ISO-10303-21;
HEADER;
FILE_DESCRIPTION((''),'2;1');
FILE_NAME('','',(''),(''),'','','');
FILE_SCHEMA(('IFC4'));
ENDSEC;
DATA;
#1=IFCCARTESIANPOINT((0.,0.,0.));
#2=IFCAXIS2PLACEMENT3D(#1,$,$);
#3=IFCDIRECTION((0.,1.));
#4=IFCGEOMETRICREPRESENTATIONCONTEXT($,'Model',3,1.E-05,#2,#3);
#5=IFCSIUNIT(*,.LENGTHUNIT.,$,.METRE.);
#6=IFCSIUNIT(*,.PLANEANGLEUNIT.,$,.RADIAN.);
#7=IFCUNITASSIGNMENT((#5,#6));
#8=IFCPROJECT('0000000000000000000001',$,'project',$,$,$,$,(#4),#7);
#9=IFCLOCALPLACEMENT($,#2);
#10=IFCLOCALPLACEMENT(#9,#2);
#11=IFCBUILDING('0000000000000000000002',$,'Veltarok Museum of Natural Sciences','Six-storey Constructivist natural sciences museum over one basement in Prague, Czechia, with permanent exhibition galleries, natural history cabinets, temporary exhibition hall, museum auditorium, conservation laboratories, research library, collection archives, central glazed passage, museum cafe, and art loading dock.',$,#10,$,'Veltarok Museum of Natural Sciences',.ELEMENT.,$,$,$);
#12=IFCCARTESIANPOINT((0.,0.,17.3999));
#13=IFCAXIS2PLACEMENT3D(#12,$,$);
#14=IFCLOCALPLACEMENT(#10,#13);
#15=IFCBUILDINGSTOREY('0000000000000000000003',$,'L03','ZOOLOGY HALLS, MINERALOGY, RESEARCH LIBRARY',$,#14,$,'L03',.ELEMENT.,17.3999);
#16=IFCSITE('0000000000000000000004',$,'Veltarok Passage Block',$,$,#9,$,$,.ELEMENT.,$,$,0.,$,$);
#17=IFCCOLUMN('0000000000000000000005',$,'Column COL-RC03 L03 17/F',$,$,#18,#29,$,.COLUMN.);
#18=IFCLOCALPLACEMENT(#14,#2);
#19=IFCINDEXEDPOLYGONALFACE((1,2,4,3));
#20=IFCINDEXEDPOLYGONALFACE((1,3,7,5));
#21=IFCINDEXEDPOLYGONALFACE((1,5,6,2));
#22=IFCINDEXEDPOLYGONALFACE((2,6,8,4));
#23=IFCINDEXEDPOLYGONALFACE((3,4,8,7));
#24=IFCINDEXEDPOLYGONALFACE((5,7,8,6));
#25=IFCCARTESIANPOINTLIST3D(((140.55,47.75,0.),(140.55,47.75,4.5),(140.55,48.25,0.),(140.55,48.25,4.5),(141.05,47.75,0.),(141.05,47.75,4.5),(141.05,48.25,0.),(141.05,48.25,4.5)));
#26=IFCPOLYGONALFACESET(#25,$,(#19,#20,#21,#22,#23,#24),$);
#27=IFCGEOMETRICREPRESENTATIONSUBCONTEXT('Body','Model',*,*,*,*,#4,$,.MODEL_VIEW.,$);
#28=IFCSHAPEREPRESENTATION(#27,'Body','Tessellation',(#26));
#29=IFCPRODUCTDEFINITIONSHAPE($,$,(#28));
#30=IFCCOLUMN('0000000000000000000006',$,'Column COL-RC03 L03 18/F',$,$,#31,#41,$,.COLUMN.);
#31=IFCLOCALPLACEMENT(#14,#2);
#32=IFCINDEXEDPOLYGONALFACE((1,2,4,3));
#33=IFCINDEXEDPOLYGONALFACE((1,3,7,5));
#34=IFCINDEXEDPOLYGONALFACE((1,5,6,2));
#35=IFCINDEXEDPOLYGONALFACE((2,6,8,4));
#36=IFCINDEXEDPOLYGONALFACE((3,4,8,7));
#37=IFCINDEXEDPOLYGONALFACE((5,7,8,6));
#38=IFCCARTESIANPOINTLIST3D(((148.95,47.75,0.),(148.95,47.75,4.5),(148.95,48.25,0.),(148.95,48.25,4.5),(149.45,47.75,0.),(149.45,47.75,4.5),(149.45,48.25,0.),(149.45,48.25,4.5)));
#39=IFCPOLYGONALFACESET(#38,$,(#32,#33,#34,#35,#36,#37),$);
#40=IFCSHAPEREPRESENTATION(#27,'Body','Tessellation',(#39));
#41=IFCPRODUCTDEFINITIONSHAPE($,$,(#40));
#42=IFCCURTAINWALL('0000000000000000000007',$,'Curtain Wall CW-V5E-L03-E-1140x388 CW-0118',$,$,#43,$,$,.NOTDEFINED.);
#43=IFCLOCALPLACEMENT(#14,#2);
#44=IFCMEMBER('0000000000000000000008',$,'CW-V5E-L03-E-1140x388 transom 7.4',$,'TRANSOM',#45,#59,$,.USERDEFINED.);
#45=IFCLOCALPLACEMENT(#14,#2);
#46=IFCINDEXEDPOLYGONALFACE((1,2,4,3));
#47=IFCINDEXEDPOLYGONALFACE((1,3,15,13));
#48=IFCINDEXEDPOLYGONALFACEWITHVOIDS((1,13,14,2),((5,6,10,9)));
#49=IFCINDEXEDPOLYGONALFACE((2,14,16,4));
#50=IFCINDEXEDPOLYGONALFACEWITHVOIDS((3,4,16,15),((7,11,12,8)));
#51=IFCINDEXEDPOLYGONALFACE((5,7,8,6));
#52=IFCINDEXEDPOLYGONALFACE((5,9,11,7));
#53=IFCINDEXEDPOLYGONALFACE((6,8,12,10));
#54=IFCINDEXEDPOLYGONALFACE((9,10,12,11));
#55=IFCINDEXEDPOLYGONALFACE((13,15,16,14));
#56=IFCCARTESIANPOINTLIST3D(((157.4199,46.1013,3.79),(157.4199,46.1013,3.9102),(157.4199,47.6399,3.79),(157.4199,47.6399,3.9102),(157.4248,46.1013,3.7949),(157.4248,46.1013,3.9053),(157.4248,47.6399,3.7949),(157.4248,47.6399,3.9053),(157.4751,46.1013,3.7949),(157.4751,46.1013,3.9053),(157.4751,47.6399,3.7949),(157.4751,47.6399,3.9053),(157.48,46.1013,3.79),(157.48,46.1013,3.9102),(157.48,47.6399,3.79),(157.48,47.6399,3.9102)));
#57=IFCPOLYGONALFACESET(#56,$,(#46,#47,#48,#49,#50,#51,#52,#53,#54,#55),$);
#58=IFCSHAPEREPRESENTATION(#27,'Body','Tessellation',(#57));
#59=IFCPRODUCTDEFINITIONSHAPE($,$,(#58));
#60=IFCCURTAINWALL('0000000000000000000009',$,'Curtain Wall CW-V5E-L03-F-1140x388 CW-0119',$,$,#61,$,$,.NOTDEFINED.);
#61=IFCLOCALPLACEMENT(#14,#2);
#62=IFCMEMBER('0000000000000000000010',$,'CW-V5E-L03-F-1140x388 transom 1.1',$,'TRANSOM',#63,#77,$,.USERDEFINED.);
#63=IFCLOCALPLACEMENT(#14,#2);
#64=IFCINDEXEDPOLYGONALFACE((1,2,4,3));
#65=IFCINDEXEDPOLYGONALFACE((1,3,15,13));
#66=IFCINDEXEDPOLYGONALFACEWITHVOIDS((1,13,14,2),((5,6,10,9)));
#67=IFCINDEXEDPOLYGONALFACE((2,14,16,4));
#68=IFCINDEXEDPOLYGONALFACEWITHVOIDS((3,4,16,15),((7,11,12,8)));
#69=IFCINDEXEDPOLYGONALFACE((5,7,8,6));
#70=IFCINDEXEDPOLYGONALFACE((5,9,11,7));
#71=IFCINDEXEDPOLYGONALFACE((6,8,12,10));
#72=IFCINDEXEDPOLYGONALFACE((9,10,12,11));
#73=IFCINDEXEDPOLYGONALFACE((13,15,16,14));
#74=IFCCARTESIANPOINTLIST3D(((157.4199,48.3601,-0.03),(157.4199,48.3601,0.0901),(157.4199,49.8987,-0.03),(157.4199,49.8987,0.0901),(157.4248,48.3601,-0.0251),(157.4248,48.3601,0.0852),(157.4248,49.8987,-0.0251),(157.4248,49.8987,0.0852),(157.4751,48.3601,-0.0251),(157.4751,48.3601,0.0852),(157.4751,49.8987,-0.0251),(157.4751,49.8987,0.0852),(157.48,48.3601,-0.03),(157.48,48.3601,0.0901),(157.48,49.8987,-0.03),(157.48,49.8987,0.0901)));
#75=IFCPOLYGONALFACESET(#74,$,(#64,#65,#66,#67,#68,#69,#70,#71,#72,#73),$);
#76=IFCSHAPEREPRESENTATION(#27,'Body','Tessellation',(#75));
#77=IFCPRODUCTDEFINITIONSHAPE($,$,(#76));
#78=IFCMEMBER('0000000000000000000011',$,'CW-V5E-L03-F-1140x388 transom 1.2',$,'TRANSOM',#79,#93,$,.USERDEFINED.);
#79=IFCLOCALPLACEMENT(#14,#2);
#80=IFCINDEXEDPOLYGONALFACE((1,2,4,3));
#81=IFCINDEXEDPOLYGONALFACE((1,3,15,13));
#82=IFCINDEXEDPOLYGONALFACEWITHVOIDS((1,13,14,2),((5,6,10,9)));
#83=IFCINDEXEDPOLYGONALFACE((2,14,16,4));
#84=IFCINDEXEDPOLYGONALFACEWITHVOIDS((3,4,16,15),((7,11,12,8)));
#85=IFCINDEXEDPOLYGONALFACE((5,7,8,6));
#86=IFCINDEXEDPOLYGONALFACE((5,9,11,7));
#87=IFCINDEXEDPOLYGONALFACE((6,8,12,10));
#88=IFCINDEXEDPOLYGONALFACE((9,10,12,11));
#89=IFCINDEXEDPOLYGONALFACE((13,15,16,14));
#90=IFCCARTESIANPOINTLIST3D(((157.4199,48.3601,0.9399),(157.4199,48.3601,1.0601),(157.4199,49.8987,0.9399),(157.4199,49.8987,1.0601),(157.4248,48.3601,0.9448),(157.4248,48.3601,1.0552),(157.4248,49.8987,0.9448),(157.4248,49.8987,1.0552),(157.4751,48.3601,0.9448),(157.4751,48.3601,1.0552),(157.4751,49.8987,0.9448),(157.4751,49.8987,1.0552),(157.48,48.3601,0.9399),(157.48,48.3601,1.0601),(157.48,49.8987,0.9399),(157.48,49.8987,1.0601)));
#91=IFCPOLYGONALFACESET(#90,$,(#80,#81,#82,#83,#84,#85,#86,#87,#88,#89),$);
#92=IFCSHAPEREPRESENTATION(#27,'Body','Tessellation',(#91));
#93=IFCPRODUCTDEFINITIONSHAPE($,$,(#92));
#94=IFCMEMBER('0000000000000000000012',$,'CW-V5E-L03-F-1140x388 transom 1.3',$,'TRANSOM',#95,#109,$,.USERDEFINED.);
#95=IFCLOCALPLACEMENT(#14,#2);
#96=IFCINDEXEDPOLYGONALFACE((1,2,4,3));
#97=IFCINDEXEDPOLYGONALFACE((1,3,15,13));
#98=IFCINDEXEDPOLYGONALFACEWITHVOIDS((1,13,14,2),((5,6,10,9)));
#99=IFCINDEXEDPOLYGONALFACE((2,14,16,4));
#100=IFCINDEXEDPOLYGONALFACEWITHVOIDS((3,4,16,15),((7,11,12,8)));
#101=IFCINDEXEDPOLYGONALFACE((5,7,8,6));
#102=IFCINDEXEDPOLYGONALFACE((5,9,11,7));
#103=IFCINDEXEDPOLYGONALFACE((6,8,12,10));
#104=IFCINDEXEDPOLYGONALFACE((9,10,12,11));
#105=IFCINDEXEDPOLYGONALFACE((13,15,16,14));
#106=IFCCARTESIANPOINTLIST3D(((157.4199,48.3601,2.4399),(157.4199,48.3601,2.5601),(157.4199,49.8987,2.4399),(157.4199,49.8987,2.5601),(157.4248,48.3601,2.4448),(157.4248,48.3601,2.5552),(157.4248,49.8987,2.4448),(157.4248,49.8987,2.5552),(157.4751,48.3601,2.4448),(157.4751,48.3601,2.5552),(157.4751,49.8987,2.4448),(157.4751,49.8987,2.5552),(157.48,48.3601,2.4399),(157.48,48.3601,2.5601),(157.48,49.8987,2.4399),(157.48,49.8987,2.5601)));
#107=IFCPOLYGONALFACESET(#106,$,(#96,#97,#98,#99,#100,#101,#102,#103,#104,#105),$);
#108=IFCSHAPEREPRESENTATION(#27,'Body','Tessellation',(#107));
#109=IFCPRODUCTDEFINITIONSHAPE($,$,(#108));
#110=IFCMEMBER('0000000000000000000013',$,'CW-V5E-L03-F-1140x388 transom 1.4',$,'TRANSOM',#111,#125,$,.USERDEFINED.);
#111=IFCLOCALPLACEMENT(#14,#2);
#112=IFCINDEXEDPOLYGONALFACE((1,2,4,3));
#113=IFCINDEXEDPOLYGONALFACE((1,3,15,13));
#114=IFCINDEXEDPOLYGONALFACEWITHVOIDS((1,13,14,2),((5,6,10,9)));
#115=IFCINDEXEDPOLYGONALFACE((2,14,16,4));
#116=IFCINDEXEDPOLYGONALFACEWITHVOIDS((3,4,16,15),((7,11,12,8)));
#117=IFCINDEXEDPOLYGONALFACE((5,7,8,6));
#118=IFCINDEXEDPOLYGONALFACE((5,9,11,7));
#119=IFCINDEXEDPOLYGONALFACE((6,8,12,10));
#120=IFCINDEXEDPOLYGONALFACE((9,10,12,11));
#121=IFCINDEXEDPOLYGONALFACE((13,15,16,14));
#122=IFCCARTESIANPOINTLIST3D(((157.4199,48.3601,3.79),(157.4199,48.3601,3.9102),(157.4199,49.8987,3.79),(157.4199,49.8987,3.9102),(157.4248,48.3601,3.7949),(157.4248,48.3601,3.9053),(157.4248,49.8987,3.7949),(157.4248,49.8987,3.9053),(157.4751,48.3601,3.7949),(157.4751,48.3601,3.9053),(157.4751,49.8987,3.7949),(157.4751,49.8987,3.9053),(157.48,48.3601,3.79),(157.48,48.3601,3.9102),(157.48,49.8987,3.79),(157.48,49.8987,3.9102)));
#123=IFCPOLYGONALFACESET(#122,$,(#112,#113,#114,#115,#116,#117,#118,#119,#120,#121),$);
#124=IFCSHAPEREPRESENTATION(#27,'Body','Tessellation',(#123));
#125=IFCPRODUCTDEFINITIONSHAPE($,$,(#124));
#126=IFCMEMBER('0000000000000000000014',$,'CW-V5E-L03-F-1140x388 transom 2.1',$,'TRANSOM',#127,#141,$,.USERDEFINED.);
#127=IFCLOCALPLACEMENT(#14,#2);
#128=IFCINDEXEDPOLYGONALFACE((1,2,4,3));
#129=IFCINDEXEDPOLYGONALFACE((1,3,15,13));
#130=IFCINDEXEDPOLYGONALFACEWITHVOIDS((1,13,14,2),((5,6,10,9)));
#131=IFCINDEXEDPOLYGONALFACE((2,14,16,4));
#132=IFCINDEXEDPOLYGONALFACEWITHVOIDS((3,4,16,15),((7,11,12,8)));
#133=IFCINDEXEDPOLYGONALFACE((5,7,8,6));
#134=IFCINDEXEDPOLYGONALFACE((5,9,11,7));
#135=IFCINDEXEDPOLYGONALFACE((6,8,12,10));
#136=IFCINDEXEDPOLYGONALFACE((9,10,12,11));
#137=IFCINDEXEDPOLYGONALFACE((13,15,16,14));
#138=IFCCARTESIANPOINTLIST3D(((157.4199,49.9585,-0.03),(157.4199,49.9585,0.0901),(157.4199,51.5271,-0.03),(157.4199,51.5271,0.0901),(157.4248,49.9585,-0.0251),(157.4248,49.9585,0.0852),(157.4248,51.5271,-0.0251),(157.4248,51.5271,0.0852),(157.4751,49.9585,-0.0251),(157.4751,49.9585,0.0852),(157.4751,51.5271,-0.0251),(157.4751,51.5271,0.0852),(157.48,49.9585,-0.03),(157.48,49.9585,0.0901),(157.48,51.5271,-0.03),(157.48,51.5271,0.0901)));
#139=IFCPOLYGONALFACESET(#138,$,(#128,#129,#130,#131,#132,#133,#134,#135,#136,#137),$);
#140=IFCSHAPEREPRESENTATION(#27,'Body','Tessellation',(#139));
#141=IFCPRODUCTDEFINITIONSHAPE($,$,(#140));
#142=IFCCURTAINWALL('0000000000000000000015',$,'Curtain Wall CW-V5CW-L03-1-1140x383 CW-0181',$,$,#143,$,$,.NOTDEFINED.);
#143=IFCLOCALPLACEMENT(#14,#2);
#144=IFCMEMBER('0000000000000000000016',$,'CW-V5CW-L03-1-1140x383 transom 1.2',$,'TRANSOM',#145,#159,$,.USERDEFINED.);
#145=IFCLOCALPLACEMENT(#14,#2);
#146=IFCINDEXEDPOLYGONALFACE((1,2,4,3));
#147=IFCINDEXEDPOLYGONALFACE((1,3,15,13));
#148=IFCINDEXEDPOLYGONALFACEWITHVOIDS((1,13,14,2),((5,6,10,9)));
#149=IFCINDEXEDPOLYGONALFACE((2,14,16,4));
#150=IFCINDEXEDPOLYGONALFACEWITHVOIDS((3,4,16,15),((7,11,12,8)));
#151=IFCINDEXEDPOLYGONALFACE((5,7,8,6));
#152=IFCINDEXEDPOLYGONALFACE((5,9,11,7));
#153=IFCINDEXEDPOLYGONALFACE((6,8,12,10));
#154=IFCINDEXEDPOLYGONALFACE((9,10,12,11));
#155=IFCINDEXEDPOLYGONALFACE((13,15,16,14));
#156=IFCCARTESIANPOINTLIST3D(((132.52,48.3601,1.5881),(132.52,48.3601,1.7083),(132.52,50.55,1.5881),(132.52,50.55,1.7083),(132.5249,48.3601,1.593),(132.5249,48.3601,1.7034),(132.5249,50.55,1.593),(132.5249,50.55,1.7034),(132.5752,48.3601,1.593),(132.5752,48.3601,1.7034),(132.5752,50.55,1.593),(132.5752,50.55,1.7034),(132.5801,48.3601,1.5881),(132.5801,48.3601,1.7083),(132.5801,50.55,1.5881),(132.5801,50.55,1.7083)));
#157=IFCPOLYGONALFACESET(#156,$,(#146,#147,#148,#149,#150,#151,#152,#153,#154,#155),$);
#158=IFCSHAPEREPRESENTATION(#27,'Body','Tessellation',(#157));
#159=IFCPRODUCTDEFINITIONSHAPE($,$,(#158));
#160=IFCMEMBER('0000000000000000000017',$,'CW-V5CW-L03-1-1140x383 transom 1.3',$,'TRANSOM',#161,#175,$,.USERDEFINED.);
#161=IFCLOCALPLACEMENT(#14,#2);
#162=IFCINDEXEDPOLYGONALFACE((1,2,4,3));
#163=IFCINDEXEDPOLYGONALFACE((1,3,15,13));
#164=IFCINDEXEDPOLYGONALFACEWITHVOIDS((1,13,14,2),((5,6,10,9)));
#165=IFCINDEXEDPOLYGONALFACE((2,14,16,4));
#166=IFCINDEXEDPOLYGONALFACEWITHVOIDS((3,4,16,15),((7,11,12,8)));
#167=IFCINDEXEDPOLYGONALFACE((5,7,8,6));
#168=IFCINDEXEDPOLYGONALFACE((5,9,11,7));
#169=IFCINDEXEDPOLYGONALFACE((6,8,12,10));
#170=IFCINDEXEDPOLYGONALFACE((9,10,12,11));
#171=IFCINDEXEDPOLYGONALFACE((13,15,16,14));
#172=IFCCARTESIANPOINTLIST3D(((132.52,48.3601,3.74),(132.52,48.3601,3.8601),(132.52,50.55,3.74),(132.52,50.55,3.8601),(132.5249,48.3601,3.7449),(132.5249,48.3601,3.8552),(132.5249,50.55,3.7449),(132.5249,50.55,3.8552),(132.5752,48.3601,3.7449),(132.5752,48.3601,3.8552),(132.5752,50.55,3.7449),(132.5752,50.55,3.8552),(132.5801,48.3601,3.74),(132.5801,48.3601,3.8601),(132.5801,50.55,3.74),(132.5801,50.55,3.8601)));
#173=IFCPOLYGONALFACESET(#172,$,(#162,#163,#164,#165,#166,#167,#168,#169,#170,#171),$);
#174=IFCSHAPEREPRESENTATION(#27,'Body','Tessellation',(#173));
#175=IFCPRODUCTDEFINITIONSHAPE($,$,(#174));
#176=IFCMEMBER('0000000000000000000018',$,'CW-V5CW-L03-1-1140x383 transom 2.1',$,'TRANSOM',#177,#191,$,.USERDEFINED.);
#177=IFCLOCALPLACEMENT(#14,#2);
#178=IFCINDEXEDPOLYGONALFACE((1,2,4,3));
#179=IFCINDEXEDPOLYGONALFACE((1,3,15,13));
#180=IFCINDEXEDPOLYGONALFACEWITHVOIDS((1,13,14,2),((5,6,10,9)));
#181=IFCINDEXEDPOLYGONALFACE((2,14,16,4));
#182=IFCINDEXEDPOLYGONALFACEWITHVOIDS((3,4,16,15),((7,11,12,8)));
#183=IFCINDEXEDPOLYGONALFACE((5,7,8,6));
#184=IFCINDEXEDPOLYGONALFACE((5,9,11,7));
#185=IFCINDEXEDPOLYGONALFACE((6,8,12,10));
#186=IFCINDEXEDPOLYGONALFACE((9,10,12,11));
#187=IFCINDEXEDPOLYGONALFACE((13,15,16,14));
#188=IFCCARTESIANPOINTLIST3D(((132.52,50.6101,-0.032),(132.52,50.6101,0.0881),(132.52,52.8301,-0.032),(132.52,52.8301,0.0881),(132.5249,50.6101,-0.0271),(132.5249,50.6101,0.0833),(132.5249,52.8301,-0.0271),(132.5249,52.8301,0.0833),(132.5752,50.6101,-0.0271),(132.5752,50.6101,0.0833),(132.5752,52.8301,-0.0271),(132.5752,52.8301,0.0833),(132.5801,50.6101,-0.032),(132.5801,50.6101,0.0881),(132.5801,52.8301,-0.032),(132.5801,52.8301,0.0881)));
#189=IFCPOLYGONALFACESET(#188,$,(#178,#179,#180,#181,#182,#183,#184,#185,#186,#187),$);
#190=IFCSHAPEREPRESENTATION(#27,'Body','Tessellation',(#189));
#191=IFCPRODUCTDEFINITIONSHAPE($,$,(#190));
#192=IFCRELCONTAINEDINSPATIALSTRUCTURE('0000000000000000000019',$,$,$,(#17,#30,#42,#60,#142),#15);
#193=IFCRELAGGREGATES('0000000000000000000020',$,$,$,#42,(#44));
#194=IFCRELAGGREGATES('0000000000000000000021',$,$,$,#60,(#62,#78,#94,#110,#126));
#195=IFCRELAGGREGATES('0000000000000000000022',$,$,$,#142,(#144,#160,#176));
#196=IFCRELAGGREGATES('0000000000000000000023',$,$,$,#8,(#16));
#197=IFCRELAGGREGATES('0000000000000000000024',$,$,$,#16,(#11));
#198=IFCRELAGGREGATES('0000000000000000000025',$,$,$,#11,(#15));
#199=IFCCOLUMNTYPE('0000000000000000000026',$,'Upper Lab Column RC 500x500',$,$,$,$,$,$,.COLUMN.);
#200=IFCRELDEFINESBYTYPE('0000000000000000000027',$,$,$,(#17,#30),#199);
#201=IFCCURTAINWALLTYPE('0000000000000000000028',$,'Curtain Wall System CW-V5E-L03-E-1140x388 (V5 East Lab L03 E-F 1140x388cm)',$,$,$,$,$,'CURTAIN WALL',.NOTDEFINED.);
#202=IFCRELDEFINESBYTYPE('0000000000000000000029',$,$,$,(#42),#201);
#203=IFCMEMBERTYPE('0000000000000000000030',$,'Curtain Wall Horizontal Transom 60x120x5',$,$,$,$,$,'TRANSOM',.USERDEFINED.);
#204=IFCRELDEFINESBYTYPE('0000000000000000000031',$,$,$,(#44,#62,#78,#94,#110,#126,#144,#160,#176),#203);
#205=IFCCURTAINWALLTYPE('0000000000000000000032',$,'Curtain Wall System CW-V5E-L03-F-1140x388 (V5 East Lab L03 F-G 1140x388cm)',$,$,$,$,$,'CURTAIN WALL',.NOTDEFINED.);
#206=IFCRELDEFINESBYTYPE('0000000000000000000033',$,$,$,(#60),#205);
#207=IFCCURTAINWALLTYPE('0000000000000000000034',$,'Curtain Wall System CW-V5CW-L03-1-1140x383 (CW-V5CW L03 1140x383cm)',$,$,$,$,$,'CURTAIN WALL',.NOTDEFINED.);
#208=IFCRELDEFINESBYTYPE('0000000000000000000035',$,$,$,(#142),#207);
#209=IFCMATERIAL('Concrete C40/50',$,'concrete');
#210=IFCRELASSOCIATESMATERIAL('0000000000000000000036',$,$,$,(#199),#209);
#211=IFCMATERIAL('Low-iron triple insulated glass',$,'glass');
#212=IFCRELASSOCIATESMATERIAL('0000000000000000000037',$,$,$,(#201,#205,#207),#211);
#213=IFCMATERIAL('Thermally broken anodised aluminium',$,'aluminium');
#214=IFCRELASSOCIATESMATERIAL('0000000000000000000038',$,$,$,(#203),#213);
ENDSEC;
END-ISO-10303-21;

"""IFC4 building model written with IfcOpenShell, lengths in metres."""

from ifc_helpers import new_model, si_unit, direction, frame, origin, origin_2d, place, context, subcontext, project, spatial, rectangle, hollow_rectangle, extrude, material, material_profile, profile_set, type_object, element, aggregate, save


model = new_model("IFC4")

# Units and contexts
model_context = context("Model", 3, precision=1e-05, world=origin(), true_north=direction((0.0, 1.0)))
body_context = subcontext(model_context, "Body", "Model", "MODEL_VIEW")
ifc_project = project(units=[si_unit("LENGTHUNIT", "METRE"), si_unit("PLANEANGLEUNIT", "RADIAN")], contexts=[model_context])

# Site, building, storey
site_placement = place(None, origin())
site = spatial("IfcSite", under=ifc_project, at=site_placement, Name="Veltarok Passage Block", CompositionType="ELEMENT", RefElevation=0.0)
building_placement = place(site_placement, origin())
building = spatial("IfcBuilding", under=site, at=building_placement, Name="Veltarok Museum of Natural Sciences", Description="Six-storey Constructivist natural sciences museum over one basement in Prague, Czechia, with permanent exhibition galleries, natural history cabinets, temporary exhibition hall, museum auditorium, conservation laboratories, research library, collection archives, central glazed passage, museum cafe, and art loading dock.", LongName="Veltarok Museum of Natural Sciences", CompositionType="ELEMENT")
storey_placement = place(building_placement, frame((0.0, 0.0, 17.3999)))
storey = spatial("IfcBuildingStorey", under=building, at=storey_placement, Name="L03", Description="ZOOLOGY HALLS, MINERALOGY, RESEARCH LIBRARY", LongName="L03", CompositionType="ELEMENT", Elevation=17.3999)

# Columns
ifc_material_1 = material(Name="Concrete C40/50", Category="concrete")
ifc_material_profile_1 = material_profile(ifc_material_1, rectangle(XDim=0.5, YDim=0.5, at=origin_2d()), Name="RC 500x500")
ifc_profile_set_1 = profile_set([ifc_material_profile_1], Name="Concrete C40/50")
column_type = type_object("IfcColumnType", Name="Upper Lab Column RC 500x500", PredefinedType="COLUMN", material=ifc_profile_set_1)
for number, where, z_axis, x_axis, name in (
    (1, (140.8, 48.0, 0.0), (0.0, 0.0, 1.0), (1.0, 0.0, 0.0), "Column COL-RC03 L03 17/F"),
    (2, (149.2, 48.0, 0.0), (0.0, 0.0, 1.0), (1.0, 0.0, 0.0), "Column COL-RC03 L03 18/F"),
):
    element("IfcColumn", number, at=place(storey_placement, frame(where, z_axis=z_axis, x_axis=x_axis)), inside=storey, type_object=column_type, Name=name, PredefinedType="COLUMN", context=body_context, shape_type="SweptSolid", body=[
        extrude(rectangle(XDim=0.5, YDim=0.5, at=origin_2d()), origin(), (0.0, 0.0, 1.0), 4.5),
    ])

# Curtain wall, member
ifc_material_2 = material(Name="Low-iron triple insulated glass", Category="glass")
curtain_wall_type_1 = type_object("IfcCurtainWallType", Name="Curtain Wall System CW-V5E-L03-E-1140x388 (V5 East Lab L03 E-F 1140x388cm)", ElementType="CURTAIN WALL", PredefinedType="NOTDEFINED", material=ifc_material_2)
curtain_wall_1_placement = place(storey_placement, origin())
curtain_wall_1 = element("IfcCurtainWall", 3, at=curtain_wall_1_placement, inside=storey, type_object=curtain_wall_type_1, Name="Curtain Wall CW-V5E-L03-E-1140x388 CW-0118", PredefinedType="NOTDEFINED")
ifc_material_3 = material(Name="Thermally broken anodised aluminium", Category="aluminium")
ifc_material_profile_2 = material_profile(ifc_material_3, hollow_rectangle(XDim=0.0601, YDim=0.1201, WallThickness=0.0049, at=origin_2d()), Name="CW TRANSOM 60x120x5")
ifc_profile_set_2 = profile_set([ifc_material_profile_2], Name="Thermally broken anodised aluminium")
member_type_1 = type_object("IfcMemberType", Name="Curtain Wall Horizontal Transom 60x120x5", ElementType="TRANSOM", PredefinedType="USERDEFINED", material=ifc_profile_set_2)
member_1_placement = place(storey_placement, frame((157.45, 46.1013, 3.8501), z_axis=(0.0, 1.0, 0.0), x_axis=(-1.0, 0.0, 0.0)))
member_1 = element("IfcMember", 4, at=member_1_placement, type_object=member_type_1, Name="CW-V5E-L03-E-1140x388 transom 7.4", ObjectType="TRANSOM", PredefinedType="USERDEFINED", context=body_context, shape_type="SweptSolid", body=[
    extrude(hollow_rectangle(XDim=0.0601, YDim=0.1201, WallThickness=0.0049, at=origin_2d()), origin(), (0.0, 0.0, 1.0), 1.5386),
])

# Curtain walls, members
curtain_wall_type_2 = type_object("IfcCurtainWallType", Name="Curtain Wall System CW-V5E-L03-F-1140x388 (V5 East Lab L03 F-G 1140x388cm)", ElementType="CURTAIN WALL", PredefinedType="NOTDEFINED", material=ifc_material_2)
curtain_wall_2_placement = place(storey_placement, origin())
curtain_wall_2 = element("IfcCurtainWall", 5, at=curtain_wall_2_placement, inside=storey, type_object=curtain_wall_type_2, Name="Curtain Wall CW-V5E-L03-F-1140x388 CW-0119", PredefinedType="NOTDEFINED")
member_2_placement = place(storey_placement, frame((157.45, 48.3601, 0.03), z_axis=(0.0, 1.0, 0.0), x_axis=(-1.0, 0.0, 0.0)))
member_2 = element("IfcMember", 6, at=member_2_placement, type_object=member_type_1, Name="CW-V5E-L03-F-1140x388 transom 1.1", ObjectType="TRANSOM", PredefinedType="USERDEFINED", context=body_context, shape_type="SweptSolid", body=[
    extrude(hollow_rectangle(XDim=0.0601, YDim=0.1201, WallThickness=0.0049, at=origin_2d()), origin(), (0.0, 0.0, 1.0), 1.5386),
])
member_3_placement = place(storey_placement, frame((157.45, 48.3601, 1.0), z_axis=(0.0, 1.0, 0.0), x_axis=(-1.0, 0.0, 0.0)))
member_3 = element("IfcMember", 7, at=member_3_placement, type_object=member_type_1, Name="CW-V5E-L03-F-1140x388 transom 1.2", ObjectType="TRANSOM", PredefinedType="USERDEFINED", context=body_context, shape_type="SweptSolid", body=[
    extrude(hollow_rectangle(XDim=0.0601, YDim=0.1201, WallThickness=0.0049, at=origin_2d()), origin(), (0.0, 0.0, 1.0), 1.5386),
])
member_4_placement = place(storey_placement, frame((157.45, 48.3601, 2.5), z_axis=(0.0, 1.0, 0.0), x_axis=(-1.0, 0.0, 0.0)))
member_4 = element("IfcMember", 8, at=member_4_placement, type_object=member_type_1, Name="CW-V5E-L03-F-1140x388 transom 1.3", ObjectType="TRANSOM", PredefinedType="USERDEFINED", context=body_context, shape_type="SweptSolid", body=[
    extrude(hollow_rectangle(XDim=0.0601, YDim=0.1201, WallThickness=0.0049, at=origin_2d()), origin(), (0.0, 0.0, 1.0), 1.5386),
])
member_5_placement = place(storey_placement, frame((157.45, 48.3601, 3.8501), z_axis=(0.0, 1.0, 0.0), x_axis=(-1.0, 0.0, 0.0)))
member_5 = element("IfcMember", 9, at=member_5_placement, type_object=member_type_1, Name="CW-V5E-L03-F-1140x388 transom 1.4", ObjectType="TRANSOM", PredefinedType="USERDEFINED", context=body_context, shape_type="SweptSolid", body=[
    extrude(hollow_rectangle(XDim=0.0601, YDim=0.1201, WallThickness=0.0049, at=origin_2d()), origin(), (0.0, 0.0, 1.0), 1.5386),
])
member_6_placement = place(storey_placement, frame((157.45, 49.9585, 0.03), z_axis=(0.0, 1.0, 0.0), x_axis=(-1.0, 0.0, 0.0)))
member_6 = element("IfcMember", 10, at=member_6_placement, type_object=member_type_1, Name="CW-V5E-L03-F-1140x388 transom 2.1", ObjectType="TRANSOM", PredefinedType="USERDEFINED", context=body_context, shape_type="SweptSolid", body=[
    extrude(hollow_rectangle(XDim=0.0601, YDim=0.1201, WallThickness=0.0049, at=origin_2d()), origin(), (0.0, 0.0, 1.0), 1.5686),
])
curtain_wall_type_3 = type_object("IfcCurtainWallType", Name="Curtain Wall System CW-V5CW-L03-1-1140x383 (CW-V5CW L03 1140x383cm)", ElementType="CURTAIN WALL", PredefinedType="NOTDEFINED", material=ifc_material_2)
curtain_wall_3_placement = place(storey_placement, origin())
curtain_wall_3 = element("IfcCurtainWall", 11, at=curtain_wall_3_placement, inside=storey, type_object=curtain_wall_type_3, Name="Curtain Wall CW-V5CW-L03-1-1140x383 CW-0181", PredefinedType="NOTDEFINED")
member_7_placement = place(storey_placement, frame((132.55, 48.3601, 1.6482), z_axis=(0.0, 1.0, 0.0), x_axis=(-1.0, 0.0, 0.0)))
member_7 = element("IfcMember", 12, at=member_7_placement, type_object=member_type_1, Name="CW-V5CW-L03-1-1140x383 transom 1.2", ObjectType="TRANSOM", PredefinedType="USERDEFINED", context=body_context, shape_type="SweptSolid", body=[
    extrude(hollow_rectangle(XDim=0.0601, YDim=0.1201, WallThickness=0.0049, at=origin_2d()), origin(), (0.0, 0.0, 1.0), 2.1899),
])
member_8_placement = place(storey_placement, frame((132.55, 48.3601, 3.8), z_axis=(0.0, 1.0, 0.0), x_axis=(-1.0, 0.0, 0.0)))
member_8 = element("IfcMember", 13, at=member_8_placement, type_object=member_type_1, Name="CW-V5CW-L03-1-1140x383 transom 1.3", ObjectType="TRANSOM", PredefinedType="USERDEFINED", context=body_context, shape_type="SweptSolid", body=[
    extrude(hollow_rectangle(XDim=0.0601, YDim=0.1201, WallThickness=0.0049, at=origin_2d()), origin(), (0.0, 0.0, 1.0), 2.1899),
])
member_9_placement = place(storey_placement, frame((132.55, 50.6101, 0.0281), z_axis=(0.0, 1.0, 0.0), x_axis=(-1.0, 0.0, 0.0)))
member_9 = element("IfcMember", 14, at=member_9_placement, type_object=member_type_1, Name="CW-V5CW-L03-1-1140x383 transom 2.1", ObjectType="TRANSOM", PredefinedType="USERDEFINED", context=body_context, shape_type="SweptSolid", body=[
    extrude(hollow_rectangle(XDim=0.0601, YDim=0.1201, WallThickness=0.0049, at=origin_2d()), origin(), (0.0, 0.0, 1.0), 2.22),
])

aggregate(curtain_wall_1, [member_1])
aggregate(curtain_wall_2, [member_2, member_3, member_4, member_5, member_6])
aggregate(curtain_wall_3, [member_7, member_8, member_9])

save(model, "model.ifc")
